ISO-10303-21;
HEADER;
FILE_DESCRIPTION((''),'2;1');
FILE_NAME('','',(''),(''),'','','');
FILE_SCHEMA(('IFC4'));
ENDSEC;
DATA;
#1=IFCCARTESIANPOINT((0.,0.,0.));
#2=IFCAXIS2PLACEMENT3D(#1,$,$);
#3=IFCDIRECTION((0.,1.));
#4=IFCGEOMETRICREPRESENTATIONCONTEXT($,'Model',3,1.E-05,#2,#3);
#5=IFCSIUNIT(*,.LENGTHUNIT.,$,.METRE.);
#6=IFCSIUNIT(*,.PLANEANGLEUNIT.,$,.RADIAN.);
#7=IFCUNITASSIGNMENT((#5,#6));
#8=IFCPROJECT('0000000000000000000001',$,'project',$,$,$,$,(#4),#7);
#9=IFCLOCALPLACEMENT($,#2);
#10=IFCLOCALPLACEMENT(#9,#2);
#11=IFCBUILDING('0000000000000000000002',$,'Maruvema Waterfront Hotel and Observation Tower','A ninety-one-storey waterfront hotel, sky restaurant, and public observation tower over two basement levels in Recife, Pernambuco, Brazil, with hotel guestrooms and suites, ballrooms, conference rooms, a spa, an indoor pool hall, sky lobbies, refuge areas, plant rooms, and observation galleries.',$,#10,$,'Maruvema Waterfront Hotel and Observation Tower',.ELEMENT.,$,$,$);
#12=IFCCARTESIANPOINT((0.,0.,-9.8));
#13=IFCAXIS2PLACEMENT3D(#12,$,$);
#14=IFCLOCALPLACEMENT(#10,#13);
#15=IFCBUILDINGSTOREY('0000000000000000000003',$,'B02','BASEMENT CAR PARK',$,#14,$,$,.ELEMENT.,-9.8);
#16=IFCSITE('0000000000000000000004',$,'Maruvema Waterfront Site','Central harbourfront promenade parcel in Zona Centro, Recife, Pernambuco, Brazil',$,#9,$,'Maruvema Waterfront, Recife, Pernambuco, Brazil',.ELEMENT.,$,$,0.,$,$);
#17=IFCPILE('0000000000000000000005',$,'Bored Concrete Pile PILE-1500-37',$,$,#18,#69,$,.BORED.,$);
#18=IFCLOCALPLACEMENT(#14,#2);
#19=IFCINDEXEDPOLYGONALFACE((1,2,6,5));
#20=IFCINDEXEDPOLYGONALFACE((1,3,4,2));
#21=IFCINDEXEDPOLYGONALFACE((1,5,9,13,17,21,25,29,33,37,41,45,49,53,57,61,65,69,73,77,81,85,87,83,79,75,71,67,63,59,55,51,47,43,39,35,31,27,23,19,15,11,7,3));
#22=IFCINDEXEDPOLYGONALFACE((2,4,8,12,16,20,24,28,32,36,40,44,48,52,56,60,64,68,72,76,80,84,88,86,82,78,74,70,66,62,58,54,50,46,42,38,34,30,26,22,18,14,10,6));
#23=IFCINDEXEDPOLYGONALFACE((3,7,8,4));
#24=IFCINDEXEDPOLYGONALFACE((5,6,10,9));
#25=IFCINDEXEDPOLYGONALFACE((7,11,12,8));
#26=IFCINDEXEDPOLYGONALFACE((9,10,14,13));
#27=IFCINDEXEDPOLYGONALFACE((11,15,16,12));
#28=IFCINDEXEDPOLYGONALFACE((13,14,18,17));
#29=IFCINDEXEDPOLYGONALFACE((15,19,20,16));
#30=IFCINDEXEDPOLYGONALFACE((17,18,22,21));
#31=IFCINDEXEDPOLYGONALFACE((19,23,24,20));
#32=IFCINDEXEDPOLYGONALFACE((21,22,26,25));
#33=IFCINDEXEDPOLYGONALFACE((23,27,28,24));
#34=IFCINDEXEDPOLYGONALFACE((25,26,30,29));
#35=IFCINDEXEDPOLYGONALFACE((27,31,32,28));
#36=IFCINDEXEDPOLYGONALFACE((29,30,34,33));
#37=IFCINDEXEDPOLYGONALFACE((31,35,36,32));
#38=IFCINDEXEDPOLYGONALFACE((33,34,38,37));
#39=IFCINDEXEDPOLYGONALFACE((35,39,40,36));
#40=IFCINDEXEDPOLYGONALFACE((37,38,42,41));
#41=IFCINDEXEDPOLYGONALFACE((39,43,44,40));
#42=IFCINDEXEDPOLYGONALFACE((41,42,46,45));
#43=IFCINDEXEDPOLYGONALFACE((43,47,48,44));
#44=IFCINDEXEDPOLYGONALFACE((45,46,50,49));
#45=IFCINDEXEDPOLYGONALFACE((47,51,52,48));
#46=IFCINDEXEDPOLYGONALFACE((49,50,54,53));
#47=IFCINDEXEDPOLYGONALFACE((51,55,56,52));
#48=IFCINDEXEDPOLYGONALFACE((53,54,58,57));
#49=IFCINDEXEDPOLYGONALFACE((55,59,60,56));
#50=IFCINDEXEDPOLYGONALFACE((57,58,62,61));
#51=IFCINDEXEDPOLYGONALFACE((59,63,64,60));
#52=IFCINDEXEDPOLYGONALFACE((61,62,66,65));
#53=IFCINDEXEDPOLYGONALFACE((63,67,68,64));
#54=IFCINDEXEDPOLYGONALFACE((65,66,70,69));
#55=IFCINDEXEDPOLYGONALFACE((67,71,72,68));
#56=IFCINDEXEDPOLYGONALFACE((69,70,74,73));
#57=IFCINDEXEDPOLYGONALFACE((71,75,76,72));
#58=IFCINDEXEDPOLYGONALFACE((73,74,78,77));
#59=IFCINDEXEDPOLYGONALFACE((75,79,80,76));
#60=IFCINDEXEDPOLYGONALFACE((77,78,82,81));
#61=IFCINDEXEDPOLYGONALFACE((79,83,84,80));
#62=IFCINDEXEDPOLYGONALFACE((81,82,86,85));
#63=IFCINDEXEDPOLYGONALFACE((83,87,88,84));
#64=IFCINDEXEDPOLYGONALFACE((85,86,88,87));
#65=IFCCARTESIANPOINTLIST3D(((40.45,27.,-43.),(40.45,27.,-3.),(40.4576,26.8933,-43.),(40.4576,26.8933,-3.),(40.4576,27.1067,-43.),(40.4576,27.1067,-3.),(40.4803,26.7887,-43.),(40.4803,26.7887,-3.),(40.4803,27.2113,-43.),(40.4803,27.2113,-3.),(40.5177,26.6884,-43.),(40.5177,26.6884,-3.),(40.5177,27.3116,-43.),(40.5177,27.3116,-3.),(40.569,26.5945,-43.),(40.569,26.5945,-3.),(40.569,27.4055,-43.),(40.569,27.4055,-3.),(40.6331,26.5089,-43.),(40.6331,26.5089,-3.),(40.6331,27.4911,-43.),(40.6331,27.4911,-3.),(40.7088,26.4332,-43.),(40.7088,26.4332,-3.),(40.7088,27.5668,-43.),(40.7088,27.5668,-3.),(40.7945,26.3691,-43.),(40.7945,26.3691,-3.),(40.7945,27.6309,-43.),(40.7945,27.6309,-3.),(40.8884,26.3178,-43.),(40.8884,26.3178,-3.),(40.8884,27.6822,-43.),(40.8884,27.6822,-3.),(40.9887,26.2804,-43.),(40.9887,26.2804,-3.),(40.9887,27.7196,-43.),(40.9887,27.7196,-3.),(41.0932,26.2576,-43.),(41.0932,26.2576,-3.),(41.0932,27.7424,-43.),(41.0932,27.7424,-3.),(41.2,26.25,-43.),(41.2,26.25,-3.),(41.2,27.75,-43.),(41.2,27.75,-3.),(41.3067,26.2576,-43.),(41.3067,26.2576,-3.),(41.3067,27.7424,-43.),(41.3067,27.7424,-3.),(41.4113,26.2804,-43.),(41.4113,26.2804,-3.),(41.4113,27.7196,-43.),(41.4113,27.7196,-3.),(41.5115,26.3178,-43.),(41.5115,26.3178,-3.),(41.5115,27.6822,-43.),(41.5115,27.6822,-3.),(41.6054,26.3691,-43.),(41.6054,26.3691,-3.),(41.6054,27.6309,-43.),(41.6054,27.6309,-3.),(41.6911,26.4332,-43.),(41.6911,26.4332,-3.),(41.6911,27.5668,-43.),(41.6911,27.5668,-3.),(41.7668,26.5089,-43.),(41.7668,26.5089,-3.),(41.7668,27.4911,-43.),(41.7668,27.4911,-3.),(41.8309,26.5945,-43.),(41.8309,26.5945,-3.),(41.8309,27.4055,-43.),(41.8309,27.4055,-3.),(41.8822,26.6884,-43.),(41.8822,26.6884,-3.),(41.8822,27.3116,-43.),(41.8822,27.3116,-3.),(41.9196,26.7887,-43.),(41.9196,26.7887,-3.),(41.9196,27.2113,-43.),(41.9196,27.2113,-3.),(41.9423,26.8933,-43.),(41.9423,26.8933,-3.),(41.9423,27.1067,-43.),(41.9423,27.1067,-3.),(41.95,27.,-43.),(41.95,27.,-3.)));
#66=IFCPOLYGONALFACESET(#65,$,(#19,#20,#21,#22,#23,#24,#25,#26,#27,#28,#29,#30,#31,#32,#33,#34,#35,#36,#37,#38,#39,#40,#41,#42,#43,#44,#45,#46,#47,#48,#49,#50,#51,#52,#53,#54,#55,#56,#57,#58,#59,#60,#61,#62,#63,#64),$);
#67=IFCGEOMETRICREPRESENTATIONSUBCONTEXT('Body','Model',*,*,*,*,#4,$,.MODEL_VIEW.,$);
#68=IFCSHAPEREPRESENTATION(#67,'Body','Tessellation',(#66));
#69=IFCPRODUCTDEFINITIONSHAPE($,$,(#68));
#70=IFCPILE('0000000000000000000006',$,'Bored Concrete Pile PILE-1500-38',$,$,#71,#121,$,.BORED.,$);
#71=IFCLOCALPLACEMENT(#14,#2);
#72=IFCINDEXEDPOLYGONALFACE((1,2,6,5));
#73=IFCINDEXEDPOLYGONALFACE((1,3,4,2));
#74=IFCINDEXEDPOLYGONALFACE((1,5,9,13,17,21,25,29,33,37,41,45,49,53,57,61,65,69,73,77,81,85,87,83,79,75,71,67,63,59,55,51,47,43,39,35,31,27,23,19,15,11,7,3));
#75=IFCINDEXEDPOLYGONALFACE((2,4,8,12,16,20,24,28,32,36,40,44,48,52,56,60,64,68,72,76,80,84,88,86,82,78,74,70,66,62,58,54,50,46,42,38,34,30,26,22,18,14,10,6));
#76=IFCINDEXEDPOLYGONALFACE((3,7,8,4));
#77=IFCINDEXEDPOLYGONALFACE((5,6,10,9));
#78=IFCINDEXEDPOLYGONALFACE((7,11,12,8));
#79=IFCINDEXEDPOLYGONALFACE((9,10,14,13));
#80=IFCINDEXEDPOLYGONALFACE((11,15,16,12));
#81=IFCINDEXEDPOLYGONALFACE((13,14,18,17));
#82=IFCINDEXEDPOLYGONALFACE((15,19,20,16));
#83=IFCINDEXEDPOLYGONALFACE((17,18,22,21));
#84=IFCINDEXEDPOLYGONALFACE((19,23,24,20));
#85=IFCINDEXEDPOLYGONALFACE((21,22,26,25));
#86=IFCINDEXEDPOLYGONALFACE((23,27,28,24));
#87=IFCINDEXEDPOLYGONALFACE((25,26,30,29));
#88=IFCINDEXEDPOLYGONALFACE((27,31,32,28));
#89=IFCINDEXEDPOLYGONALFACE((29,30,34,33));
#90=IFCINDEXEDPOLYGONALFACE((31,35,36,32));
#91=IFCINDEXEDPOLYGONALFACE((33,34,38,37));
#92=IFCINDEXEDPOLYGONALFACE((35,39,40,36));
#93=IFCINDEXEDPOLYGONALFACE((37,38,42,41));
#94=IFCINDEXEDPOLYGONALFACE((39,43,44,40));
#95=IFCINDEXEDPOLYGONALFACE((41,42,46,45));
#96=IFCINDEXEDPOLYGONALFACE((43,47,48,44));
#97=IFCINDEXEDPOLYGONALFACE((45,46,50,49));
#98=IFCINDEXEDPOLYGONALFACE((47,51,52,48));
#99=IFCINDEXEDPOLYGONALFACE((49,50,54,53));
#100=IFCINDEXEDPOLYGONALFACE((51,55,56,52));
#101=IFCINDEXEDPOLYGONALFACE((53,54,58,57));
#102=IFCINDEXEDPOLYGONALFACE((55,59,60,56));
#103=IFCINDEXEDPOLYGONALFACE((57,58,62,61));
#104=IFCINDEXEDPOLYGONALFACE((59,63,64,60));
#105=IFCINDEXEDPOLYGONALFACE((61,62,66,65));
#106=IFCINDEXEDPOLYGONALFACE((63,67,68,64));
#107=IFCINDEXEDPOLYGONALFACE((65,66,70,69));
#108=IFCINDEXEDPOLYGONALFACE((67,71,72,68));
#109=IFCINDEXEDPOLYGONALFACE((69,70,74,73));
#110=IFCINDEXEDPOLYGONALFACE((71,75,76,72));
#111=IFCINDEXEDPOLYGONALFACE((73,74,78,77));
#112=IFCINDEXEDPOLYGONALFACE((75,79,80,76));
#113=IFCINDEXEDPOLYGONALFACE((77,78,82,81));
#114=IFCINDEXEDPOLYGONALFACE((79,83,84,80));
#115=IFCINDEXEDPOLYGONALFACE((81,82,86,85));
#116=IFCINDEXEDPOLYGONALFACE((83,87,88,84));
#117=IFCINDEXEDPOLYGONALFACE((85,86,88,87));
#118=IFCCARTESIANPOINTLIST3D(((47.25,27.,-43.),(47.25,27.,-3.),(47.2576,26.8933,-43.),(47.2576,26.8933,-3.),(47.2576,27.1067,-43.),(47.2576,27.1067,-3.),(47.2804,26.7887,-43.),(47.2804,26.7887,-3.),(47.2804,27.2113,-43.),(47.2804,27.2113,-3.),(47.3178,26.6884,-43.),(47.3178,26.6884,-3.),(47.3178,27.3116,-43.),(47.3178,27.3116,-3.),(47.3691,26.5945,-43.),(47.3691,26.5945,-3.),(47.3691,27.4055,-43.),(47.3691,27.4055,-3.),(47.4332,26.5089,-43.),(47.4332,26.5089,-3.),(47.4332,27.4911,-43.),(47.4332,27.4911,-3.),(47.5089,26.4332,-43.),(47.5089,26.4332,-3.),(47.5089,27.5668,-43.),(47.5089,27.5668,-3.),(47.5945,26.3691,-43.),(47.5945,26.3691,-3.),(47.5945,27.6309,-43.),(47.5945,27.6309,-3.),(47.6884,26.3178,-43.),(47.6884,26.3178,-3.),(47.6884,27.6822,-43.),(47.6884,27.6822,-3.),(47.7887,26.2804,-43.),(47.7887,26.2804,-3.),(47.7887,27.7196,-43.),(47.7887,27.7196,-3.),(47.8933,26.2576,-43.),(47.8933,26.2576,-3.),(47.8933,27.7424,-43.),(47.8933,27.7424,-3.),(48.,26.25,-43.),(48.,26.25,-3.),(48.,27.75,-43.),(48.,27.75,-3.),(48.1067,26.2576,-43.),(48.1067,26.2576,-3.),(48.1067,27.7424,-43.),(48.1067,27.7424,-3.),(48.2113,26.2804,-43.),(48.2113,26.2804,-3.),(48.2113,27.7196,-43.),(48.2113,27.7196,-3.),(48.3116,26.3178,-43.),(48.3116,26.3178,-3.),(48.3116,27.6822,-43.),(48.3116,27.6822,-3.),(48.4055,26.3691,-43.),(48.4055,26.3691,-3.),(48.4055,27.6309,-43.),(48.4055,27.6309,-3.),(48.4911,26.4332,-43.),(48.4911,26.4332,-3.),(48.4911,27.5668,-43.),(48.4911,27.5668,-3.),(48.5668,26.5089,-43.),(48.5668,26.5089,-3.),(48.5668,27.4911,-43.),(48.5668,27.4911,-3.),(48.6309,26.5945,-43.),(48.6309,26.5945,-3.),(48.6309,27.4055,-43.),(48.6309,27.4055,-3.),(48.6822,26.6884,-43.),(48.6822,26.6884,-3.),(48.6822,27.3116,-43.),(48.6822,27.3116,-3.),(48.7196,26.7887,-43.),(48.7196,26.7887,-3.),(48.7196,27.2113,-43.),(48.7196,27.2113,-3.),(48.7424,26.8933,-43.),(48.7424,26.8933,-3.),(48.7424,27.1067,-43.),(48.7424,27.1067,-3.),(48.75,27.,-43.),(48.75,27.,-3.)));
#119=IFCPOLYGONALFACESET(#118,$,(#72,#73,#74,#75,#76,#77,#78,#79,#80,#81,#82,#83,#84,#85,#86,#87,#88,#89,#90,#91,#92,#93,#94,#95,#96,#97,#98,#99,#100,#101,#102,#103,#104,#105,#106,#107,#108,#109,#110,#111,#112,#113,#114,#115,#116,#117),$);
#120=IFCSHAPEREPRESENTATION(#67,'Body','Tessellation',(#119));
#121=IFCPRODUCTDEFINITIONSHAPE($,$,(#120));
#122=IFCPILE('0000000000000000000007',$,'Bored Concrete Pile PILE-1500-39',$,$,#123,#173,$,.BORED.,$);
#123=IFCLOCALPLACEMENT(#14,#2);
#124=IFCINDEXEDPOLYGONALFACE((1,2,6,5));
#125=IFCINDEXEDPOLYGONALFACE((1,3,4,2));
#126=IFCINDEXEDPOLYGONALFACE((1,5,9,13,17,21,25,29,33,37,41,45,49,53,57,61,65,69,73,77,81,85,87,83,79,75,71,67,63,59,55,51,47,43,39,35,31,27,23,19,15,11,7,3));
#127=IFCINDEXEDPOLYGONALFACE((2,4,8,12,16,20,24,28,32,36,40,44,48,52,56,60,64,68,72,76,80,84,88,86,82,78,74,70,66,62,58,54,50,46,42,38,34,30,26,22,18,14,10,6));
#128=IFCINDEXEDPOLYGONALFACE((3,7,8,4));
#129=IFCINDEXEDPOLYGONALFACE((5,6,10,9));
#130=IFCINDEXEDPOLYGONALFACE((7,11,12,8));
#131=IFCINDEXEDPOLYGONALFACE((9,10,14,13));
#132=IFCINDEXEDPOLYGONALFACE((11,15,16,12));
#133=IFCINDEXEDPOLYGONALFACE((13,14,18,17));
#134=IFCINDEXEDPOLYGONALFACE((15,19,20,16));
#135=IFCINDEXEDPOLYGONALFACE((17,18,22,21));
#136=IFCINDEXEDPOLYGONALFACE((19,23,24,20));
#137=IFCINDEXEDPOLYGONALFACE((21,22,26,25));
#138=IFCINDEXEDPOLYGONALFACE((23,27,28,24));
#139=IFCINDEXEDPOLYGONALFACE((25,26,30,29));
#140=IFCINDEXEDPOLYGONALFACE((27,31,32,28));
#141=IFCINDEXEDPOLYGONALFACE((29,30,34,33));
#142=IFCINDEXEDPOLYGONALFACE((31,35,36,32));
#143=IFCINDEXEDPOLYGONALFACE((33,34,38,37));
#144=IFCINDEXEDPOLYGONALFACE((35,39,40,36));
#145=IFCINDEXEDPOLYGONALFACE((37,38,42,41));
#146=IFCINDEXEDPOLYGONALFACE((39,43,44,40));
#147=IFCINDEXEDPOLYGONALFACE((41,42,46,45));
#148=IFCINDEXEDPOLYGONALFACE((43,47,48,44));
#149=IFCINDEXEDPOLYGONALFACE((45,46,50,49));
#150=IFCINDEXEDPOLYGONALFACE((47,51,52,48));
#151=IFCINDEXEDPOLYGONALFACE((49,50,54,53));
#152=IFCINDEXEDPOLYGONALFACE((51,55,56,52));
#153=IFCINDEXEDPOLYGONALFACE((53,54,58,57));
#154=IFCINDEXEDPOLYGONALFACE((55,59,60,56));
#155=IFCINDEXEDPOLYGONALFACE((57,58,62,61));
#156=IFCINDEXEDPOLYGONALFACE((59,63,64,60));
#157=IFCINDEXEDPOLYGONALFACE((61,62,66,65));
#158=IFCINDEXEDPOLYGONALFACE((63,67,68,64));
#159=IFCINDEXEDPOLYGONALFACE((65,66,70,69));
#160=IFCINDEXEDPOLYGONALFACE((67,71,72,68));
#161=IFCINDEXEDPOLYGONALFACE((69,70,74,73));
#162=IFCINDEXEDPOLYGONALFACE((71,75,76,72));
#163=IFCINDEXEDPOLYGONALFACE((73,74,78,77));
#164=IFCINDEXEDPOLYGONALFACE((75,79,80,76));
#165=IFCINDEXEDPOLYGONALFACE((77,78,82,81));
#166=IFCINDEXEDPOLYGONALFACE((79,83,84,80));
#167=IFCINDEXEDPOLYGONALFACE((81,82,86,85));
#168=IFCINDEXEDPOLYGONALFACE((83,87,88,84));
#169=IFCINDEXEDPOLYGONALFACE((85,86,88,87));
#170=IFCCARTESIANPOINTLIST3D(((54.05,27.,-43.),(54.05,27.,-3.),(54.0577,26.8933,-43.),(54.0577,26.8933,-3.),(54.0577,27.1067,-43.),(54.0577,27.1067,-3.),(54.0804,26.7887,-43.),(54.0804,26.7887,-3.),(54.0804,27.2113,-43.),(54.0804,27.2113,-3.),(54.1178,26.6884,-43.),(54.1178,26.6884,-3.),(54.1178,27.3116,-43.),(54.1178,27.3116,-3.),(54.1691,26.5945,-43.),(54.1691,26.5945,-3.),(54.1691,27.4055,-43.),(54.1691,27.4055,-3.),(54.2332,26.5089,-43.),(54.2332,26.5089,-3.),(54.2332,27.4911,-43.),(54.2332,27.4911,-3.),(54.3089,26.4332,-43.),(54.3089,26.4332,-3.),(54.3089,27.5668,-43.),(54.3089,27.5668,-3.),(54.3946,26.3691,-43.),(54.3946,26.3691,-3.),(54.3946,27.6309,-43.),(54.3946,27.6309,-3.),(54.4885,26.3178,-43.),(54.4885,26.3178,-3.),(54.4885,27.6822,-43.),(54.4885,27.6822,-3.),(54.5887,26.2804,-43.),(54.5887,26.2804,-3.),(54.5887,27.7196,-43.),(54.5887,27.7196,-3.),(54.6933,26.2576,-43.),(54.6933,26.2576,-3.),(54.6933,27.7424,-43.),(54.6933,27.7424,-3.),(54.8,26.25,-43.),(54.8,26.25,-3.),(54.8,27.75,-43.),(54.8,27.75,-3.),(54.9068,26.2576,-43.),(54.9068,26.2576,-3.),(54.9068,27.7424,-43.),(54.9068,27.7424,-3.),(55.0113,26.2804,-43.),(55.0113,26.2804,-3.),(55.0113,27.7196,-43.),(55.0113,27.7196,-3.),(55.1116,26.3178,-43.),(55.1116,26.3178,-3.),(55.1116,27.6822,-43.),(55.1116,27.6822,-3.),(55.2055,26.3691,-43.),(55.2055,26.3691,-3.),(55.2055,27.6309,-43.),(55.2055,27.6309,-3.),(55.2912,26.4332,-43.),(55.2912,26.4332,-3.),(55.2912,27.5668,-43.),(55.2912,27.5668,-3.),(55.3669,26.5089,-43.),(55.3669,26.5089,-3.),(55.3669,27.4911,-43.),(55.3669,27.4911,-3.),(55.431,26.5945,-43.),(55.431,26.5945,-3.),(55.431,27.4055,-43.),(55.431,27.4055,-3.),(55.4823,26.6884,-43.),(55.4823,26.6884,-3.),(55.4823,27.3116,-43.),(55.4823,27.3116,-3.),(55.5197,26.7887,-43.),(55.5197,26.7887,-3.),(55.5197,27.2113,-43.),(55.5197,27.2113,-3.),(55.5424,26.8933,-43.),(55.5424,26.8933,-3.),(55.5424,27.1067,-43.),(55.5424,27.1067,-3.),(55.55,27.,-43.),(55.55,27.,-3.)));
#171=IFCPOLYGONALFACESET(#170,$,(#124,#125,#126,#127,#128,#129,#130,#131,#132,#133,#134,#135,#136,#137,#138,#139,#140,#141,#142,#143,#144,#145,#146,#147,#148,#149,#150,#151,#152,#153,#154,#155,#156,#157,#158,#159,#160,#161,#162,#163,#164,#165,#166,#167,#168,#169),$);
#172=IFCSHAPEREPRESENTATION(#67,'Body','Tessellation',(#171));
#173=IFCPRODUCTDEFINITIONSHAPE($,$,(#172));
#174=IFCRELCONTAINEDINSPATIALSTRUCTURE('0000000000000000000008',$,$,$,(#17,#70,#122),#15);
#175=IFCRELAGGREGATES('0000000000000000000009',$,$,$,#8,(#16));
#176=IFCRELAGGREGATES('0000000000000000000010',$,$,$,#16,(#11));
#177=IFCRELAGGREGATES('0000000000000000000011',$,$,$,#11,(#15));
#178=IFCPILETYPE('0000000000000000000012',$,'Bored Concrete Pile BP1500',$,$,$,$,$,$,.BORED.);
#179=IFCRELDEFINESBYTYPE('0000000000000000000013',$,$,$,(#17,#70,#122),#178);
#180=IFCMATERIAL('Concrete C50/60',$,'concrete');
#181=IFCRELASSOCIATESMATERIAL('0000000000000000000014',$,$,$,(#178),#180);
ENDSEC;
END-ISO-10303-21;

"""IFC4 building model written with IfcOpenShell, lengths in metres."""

from ifc_helpers import new_model, si_unit, direction, frame, origin, origin_2d, place, context, subcontext, project, spatial, circle, extrude, material, material_profile, profile_set, type_object, element, save


model = new_model("IFC4")

# Units and contexts
model_context = context("Model", 3, precision=1e-05, world=origin(), true_north=direction((0.0, 1.0)))
body_context = subcontext(model_context, "Body", "Model", "MODEL_VIEW")
ifc_project = project(units=[si_unit("LENGTHUNIT", "METRE"), si_unit("PLANEANGLEUNIT", "RADIAN")], contexts=[model_context])

# Site, building, storey
site_placement = place(None, origin())
site = spatial("IfcSite", under=ifc_project, at=site_placement, Name="Maruvema Waterfront Site", Description="Central harbourfront promenade parcel in Zona Centro, Recife, Pernambuco, Brazil", LongName="Maruvema Waterfront, Recife, Pernambuco, Brazil", CompositionType="ELEMENT", RefElevation=0.0)
building_placement = place(site_placement, origin())
building = spatial("IfcBuilding", under=site, at=building_placement, Name="Maruvema Waterfront Hotel and Observation Tower", Description="A ninety-one-storey waterfront hotel, sky restaurant, and public observation tower over two basement levels in Recife, Pernambuco, Brazil, with hotel guestrooms and suites, ballrooms, conference rooms, a spa, an indoor pool hall, sky lobbies, refuge areas, plant rooms, and observation galleries.", LongName="Maruvema Waterfront Hotel and Observation Tower", CompositionType="ELEMENT")
storey_placement = place(building_placement, frame((0.0, 0.0, -9.8)))
storey = spatial("IfcBuildingStorey", under=building, at=storey_placement, Name="B02", Description="BASEMENT CAR PARK", CompositionType="ELEMENT", Elevation=-9.8)

# Piles
ifc_material_1 = material(Name="Concrete C50/60", Category="concrete")
ifc_material_profile_1 = material_profile(ifc_material_1, circle(Radius=0.75, at=origin_2d()), Name="BP1500")
ifc_profile_set_1 = profile_set([ifc_material_profile_1], Name="Concrete C50/60")
pile_type = type_object("IfcPileType", Name="Bored Concrete Pile BP1500", PredefinedType="BORED", material=ifc_profile_set_1)
for number, where, z_axis, x_axis, name in (
    (1, (41.2, 27.0, -3.0), (0.0, 0.0, -1.0), (1.0, 0.0, 0.0), "Bored Concrete Pile PILE-1500-37"),
    (2, (48.0, 27.0, -3.0), (0.0, 0.0, -1.0), (1.0, 0.0, 0.0), "Bored Concrete Pile PILE-1500-38"),
    (3, (54.8, 27.0, -3.0), (0.0, 0.0, -1.0), (1.0, 0.0, 0.0), "Bored Concrete Pile PILE-1500-39"),
):
    element("IfcPile", number, at=place(storey_placement, frame(where, z_axis=z_axis, x_axis=x_axis)), inside=storey, type_object=pile_type, Name=name, PredefinedType="BORED", context=body_context, shape_type="SweptSolid", body=[
        extrude(circle(Radius=0.75, at=origin_2d()), origin(), (0.0, 0.0, 1.0), 40.0),
    ])

save(model, "model.ifc")
